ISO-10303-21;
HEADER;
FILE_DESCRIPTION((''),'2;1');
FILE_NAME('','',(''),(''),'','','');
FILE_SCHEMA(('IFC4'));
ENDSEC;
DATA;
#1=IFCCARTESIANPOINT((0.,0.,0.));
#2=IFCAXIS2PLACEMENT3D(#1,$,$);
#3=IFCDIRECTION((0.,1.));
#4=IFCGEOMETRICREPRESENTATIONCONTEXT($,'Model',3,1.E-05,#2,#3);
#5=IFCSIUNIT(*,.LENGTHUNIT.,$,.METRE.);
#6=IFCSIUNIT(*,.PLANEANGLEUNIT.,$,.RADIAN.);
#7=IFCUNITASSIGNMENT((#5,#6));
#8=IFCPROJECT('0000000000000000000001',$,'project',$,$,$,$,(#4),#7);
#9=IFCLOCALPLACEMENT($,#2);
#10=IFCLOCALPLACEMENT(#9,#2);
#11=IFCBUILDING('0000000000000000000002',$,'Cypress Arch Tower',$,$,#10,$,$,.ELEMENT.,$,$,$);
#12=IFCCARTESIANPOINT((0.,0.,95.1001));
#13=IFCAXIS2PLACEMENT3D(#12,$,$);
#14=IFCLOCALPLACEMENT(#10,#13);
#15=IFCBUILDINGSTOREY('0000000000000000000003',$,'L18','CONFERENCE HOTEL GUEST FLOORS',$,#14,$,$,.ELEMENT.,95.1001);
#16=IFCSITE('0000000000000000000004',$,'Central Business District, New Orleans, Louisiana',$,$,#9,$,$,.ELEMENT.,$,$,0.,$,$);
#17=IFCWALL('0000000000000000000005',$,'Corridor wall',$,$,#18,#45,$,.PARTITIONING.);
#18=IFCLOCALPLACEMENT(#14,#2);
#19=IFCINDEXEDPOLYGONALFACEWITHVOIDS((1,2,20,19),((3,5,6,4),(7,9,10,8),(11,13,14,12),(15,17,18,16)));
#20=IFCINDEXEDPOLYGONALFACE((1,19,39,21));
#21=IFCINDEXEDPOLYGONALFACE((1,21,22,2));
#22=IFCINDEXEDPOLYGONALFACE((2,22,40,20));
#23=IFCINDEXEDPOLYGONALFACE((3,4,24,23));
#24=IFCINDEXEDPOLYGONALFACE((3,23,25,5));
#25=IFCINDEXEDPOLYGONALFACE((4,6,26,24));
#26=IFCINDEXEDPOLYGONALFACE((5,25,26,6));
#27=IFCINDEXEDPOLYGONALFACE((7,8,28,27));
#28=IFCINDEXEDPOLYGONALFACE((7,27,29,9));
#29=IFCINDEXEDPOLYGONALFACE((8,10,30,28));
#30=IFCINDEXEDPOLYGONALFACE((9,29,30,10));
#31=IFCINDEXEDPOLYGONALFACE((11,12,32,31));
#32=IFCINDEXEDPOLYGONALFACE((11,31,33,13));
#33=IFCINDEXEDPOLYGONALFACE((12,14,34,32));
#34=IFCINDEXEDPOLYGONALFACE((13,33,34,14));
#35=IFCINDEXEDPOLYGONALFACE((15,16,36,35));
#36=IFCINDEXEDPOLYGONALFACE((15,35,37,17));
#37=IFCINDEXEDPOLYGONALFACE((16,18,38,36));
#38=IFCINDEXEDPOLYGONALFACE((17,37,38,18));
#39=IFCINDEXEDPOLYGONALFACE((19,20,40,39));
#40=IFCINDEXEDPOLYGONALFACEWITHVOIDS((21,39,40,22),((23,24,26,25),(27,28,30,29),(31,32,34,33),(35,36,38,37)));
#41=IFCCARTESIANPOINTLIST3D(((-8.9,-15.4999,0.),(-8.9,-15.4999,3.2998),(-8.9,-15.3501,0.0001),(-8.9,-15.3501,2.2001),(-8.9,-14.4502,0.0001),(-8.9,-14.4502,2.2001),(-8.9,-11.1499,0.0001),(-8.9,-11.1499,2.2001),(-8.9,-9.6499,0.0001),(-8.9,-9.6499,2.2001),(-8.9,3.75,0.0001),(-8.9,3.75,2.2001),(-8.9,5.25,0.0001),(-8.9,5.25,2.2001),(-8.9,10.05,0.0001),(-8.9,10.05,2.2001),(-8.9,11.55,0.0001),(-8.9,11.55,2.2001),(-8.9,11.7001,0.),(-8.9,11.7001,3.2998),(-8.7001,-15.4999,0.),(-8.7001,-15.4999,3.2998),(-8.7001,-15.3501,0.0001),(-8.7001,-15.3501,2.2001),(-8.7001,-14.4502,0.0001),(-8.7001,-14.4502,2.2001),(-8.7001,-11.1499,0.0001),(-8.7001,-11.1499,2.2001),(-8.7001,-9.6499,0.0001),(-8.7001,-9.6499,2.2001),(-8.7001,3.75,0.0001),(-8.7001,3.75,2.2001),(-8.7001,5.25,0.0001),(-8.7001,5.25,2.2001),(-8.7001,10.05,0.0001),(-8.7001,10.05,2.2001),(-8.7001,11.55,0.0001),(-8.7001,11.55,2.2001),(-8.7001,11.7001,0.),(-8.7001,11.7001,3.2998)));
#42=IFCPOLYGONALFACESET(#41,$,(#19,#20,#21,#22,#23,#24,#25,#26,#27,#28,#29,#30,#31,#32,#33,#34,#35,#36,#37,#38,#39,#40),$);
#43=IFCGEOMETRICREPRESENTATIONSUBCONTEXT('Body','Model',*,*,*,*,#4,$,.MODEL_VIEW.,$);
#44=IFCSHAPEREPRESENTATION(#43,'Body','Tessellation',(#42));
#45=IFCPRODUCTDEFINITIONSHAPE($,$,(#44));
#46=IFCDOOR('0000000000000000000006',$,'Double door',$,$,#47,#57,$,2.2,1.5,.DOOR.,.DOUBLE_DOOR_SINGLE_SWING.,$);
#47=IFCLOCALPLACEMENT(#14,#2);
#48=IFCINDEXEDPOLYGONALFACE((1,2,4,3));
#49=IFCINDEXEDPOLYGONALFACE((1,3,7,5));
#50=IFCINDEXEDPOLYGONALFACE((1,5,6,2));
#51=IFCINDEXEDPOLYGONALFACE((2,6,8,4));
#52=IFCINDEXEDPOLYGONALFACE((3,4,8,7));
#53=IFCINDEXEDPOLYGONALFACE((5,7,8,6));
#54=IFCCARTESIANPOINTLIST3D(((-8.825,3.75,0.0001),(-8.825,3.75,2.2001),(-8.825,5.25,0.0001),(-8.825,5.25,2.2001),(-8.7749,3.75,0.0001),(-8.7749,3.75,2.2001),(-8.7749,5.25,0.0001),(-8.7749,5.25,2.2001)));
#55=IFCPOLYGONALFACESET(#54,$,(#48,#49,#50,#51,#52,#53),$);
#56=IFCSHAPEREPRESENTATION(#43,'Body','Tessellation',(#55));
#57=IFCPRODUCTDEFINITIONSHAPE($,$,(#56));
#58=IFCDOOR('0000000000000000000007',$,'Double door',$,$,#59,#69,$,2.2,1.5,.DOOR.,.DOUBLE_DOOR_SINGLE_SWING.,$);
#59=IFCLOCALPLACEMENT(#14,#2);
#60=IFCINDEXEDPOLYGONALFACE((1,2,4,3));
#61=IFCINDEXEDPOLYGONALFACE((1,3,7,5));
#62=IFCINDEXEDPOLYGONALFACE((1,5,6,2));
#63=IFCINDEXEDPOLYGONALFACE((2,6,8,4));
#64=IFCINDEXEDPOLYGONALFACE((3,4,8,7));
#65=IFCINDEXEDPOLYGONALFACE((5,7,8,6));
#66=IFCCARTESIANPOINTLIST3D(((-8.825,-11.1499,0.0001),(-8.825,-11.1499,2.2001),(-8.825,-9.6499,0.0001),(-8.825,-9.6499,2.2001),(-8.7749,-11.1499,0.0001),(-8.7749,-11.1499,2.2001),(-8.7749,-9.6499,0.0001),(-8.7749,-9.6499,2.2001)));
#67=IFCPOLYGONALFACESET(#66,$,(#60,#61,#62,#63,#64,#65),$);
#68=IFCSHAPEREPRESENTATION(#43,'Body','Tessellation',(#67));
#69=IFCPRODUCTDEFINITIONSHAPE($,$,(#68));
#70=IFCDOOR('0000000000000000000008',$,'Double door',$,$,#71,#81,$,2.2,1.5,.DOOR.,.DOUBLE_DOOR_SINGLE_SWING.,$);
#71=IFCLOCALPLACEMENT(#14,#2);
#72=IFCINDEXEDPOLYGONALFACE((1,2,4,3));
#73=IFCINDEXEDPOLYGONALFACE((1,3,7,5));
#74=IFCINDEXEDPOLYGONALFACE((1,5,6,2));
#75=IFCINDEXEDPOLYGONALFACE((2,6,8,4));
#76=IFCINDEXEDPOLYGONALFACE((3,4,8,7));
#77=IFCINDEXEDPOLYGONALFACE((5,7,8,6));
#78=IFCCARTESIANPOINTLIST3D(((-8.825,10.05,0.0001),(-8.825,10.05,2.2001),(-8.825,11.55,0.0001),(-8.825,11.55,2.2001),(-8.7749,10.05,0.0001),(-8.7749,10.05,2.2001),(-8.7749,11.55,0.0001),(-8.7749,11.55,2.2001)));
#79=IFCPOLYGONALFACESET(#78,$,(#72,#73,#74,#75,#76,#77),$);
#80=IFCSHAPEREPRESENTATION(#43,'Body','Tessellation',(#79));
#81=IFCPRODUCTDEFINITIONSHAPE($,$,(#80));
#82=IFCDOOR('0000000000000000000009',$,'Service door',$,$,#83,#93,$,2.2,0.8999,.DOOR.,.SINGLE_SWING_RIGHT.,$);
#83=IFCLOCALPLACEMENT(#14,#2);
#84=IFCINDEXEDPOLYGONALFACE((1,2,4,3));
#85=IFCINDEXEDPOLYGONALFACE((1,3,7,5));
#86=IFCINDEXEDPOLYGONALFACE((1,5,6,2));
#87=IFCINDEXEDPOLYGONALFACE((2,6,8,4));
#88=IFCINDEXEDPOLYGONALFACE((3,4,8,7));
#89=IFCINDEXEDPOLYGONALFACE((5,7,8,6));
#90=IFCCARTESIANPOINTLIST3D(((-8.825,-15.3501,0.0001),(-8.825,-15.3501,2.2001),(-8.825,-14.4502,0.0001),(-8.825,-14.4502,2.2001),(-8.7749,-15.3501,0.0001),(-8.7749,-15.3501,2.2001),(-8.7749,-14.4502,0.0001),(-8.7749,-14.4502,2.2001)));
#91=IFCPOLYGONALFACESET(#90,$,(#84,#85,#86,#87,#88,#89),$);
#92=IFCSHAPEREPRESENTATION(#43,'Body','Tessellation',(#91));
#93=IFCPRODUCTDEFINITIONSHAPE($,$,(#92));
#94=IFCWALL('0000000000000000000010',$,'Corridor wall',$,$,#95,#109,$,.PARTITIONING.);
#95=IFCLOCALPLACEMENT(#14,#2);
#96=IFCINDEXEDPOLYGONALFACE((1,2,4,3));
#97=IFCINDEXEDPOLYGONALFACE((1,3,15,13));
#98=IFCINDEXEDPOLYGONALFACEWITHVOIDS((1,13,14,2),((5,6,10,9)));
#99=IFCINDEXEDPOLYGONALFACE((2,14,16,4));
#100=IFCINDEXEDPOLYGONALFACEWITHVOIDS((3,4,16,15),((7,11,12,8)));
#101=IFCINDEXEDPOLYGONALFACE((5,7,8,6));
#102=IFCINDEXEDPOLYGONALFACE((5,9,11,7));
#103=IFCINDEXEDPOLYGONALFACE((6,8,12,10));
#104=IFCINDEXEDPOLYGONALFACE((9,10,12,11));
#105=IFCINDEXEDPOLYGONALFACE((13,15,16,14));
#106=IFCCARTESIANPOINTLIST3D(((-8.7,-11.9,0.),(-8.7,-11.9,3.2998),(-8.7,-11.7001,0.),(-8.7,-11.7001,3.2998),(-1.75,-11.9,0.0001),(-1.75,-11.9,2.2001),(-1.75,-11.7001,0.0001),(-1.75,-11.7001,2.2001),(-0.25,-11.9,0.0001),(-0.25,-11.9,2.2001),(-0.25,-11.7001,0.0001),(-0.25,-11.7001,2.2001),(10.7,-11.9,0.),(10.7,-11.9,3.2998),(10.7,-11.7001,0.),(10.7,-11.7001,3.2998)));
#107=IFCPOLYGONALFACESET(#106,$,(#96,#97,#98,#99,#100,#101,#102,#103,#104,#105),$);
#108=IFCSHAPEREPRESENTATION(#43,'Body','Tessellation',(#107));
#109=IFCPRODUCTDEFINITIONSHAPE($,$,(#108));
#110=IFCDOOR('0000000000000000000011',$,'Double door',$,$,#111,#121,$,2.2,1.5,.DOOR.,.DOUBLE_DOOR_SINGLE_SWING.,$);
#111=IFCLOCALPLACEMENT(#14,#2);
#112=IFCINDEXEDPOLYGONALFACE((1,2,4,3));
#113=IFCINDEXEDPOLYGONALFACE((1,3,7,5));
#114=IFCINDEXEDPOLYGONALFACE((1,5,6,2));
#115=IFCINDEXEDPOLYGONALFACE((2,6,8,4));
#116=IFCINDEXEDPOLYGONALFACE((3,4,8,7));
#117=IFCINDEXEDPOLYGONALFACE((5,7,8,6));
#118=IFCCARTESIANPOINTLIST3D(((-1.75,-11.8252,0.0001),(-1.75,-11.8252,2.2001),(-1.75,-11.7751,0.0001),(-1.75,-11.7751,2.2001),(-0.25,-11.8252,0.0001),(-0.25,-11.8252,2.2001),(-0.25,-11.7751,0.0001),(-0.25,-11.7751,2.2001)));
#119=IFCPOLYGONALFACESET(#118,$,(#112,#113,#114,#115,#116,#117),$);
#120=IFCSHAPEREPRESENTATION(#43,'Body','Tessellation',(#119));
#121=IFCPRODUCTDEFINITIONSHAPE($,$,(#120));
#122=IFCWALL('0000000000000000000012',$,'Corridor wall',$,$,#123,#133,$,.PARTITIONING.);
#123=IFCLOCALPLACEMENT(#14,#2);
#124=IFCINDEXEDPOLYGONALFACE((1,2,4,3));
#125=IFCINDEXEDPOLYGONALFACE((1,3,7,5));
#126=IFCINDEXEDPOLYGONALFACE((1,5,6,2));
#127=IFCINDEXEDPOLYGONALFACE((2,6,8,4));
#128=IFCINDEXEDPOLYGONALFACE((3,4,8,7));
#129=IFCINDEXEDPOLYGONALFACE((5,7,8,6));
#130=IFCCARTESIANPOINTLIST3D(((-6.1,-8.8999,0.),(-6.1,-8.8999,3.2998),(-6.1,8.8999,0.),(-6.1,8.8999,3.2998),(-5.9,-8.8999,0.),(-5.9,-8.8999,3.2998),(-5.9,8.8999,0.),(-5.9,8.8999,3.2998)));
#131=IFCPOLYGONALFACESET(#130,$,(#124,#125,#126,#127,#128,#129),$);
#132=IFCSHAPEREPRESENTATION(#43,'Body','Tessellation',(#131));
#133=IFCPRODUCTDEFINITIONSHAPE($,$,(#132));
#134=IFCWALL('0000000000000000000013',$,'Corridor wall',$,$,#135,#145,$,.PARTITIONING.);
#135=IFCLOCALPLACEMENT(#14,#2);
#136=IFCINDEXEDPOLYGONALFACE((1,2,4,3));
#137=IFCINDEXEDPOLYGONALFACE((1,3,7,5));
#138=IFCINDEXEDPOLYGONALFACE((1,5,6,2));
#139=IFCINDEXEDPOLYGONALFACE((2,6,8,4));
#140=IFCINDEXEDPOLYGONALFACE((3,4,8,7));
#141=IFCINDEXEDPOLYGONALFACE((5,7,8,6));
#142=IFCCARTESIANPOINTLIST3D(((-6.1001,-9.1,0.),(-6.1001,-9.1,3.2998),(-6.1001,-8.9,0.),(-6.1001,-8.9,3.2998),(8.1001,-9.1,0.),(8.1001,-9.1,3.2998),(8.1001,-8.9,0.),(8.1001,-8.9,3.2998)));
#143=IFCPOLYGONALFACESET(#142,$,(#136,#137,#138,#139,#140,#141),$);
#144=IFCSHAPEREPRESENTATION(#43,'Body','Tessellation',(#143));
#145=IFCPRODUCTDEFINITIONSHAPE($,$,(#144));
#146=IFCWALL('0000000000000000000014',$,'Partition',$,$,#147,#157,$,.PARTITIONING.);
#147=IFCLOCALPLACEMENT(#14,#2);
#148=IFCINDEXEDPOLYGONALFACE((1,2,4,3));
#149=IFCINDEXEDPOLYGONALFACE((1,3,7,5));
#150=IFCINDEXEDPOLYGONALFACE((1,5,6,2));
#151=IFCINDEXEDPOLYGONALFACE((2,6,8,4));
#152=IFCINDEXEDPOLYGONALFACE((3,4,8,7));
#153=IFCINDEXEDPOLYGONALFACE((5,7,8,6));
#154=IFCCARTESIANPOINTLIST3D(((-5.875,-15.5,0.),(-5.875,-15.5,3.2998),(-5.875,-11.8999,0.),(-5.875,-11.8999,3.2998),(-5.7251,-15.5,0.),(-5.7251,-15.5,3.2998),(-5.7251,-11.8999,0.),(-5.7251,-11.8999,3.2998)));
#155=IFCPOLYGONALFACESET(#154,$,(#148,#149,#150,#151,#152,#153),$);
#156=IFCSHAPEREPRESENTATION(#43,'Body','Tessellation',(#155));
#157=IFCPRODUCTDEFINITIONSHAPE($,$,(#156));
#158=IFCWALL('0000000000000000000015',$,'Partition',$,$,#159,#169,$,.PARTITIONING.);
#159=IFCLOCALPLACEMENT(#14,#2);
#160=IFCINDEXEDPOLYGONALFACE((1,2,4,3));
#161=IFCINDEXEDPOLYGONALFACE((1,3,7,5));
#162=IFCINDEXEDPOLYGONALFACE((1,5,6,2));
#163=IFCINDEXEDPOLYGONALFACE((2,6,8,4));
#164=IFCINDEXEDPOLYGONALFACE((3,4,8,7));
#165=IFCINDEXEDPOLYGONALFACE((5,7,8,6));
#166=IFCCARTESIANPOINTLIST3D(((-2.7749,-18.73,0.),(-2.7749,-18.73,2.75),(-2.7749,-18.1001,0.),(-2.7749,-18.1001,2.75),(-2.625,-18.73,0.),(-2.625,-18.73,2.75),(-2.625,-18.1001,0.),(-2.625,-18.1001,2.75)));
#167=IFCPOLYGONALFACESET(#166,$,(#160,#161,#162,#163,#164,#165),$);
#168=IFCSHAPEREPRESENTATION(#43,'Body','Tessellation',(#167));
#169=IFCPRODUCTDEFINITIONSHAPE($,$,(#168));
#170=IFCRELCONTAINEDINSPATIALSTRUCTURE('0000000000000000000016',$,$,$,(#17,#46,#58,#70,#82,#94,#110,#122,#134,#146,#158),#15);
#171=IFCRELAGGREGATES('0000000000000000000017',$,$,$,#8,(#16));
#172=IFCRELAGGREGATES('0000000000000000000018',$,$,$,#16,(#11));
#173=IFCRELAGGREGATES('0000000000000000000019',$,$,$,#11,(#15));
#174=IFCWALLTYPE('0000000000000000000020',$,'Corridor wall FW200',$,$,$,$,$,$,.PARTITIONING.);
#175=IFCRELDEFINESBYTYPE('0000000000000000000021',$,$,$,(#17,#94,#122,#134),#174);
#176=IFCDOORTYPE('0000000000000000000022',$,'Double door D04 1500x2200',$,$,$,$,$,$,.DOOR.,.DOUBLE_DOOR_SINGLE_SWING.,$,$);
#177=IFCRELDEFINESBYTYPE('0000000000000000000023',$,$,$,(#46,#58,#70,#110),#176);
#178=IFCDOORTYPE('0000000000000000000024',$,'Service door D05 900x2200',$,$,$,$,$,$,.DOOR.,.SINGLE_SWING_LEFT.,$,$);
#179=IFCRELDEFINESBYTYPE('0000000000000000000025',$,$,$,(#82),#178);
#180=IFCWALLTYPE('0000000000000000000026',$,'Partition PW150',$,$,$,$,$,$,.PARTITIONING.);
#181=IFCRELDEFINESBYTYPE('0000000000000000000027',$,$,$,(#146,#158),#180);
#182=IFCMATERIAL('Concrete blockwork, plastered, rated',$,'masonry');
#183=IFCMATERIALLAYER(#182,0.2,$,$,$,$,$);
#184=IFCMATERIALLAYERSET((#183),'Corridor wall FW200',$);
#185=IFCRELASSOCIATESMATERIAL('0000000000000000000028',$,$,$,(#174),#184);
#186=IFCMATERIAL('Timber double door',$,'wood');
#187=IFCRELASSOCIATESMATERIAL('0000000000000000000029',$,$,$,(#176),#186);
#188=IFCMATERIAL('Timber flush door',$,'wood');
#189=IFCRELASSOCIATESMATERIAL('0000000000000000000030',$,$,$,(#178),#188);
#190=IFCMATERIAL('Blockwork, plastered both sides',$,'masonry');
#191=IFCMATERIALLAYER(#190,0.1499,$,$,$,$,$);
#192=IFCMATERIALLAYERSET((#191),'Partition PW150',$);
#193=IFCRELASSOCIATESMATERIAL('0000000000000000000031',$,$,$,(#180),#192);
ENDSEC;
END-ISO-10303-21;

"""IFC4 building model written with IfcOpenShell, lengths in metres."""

from ifc_helpers import new_model, si_unit, direction, frame, frame_2d, origin, place, context, subcontext, project, spatial, rectangle, extrude, material, layer, layer_set, type_object, element, fill, save


model = new_model("IFC4")

# Units and contexts
model_context = context("Model", 3, precision=1e-05, world=origin(), true_north=direction((0.0, 1.0)))
body_context = subcontext(model_context, "Body", "Model", "MODEL_VIEW")
ifc_project = project(units=[si_unit("LENGTHUNIT", "METRE"), si_unit("PLANEANGLEUNIT", "RADIAN")], contexts=[model_context])

# Site, building, storey
site_placement = place(None, origin())
site = spatial("IfcSite", under=ifc_project, at=site_placement, Name="Central Business District, New Orleans, Louisiana", CompositionType="ELEMENT", RefElevation=0.0)
building_placement = place(site_placement, origin())
building = spatial("IfcBuilding", under=site, at=building_placement, Name="Cypress Arch Tower", CompositionType="ELEMENT")
storey_placement = place(building_placement, frame((0.0, 0.0, 95.1001)))
storey = spatial("IfcBuildingStorey", under=building, at=storey_placement, Name="L18", Description="CONFERENCE HOTEL GUEST FLOORS", CompositionType="ELEMENT", Elevation=95.1001)

# Wall, openings, doors
ifc_material_1 = material(Name="Concrete blockwork, plastered, rated", Category="masonry")
ifc_layer_1 = layer(ifc_material_1, 0.2)
ifc_layer_set_1 = layer_set([ifc_layer_1], Name="Corridor wall FW200")
wall_type_1 = type_object("IfcWallType", Name="Corridor wall FW200", PredefinedType="PARTITIONING", material=ifc_layer_set_1)
wall_1_placement = place(storey_placement, frame((-8.8, -15.5, 0.0), z_axis=(0.0, 0.0, 1.0), x_axis=(0.0, 1.0, 0.0)))
wall_1 = element("IfcWall", 1, at=wall_1_placement, inside=storey, type_object=wall_type_1, Name="Corridor wall", PredefinedType="PARTITIONING", context=body_context, shape_type="SweptSolid", body=[
    extrude(rectangle(XDim=27.2, YDim=0.2, at=frame_2d((13.6001, 0.0))), origin(), (0.0, 0.0, 1.0), 3.2998),
])
opening_1_placement = place(wall_1_placement, frame((19.25, 0.0, 0.0)))
opening_1 = element("IfcOpeningElement", 2, at=opening_1_placement, cuts=wall_1, PredefinedType="OPENING", context=body_context, shape_type="SweptSolid", body=[
    extrude(rectangle(XDim=1.5, YDim=2.2, at=frame_2d((0.75, 1.1001))), frame((0.0, 0.1099, 0.0), z_axis=(0.0, -1.0, 0.0), x_axis=(1.0, 0.0, 0.0)), (0.0, 0.0, 1.0), 0.22),
])
opening_2_placement = place(wall_1_placement, frame((4.3501, 0.0, 0.0)))
opening_2 = element("IfcOpeningElement", 3, at=opening_2_placement, cuts=wall_1, PredefinedType="OPENING", context=body_context, shape_type="SweptSolid", body=[
    extrude(rectangle(XDim=1.5, YDim=2.2, at=frame_2d((0.75, 1.1001))), frame((0.0, 0.1099, 0.0), z_axis=(0.0, -1.0, 0.0), x_axis=(1.0, 0.0, 0.0)), (0.0, 0.0, 1.0), 0.22),
])
opening_3_placement = place(wall_1_placement, frame((25.55, 0.0, 0.0)))
opening_3 = element("IfcOpeningElement", 4, at=opening_3_placement, cuts=wall_1, PredefinedType="OPENING", context=body_context, shape_type="SweptSolid", body=[
    extrude(rectangle(XDim=1.5, YDim=2.2, at=frame_2d((0.75, 1.1001))), frame((0.0, 0.1099, 0.0), z_axis=(0.0, -1.0, 0.0), x_axis=(1.0, 0.0, 0.0)), (0.0, 0.0, 1.0), 0.22),
])
opening_4_placement = place(wall_1_placement, frame((0.1499, 0.0, 0.0)))
opening_4 = element("IfcOpeningElement", 5, at=opening_4_placement, cuts=wall_1, PredefinedType="OPENING", context=body_context, shape_type="SweptSolid", body=[
    extrude(rectangle(XDim=0.8999, YDim=2.2, at=frame_2d((0.45, 1.1001))), frame((0.0, 0.1099, 0.0), z_axis=(0.0, -1.0, 0.0), x_axis=(1.0, 0.0, 0.0)), (0.0, 0.0, 1.0), 0.22),
])
ifc_material_2 = material(Name="Timber double door", Category="wood")
door_type_1 = type_object("IfcDoorType", Name="Double door D04 1500x2200", OperationType="DOUBLE_DOOR_SINGLE_SWING", PredefinedType="DOOR", material=ifc_material_2)
door_1_placement = place(opening_1_placement, origin())
door_1 = element("IfcDoor", 6, at=door_1_placement, inside=storey, type_object=door_type_1, Name="Double door", OperationType="DOUBLE_DOOR_SINGLE_SWING", OverallHeight=2.2, OverallWidth=1.5, PredefinedType="DOOR", context=body_context, shape_type="SweptSolid", body=[
    extrude(rectangle(XDim=1.5, YDim=2.2, at=frame_2d((0.75, 1.1001))), frame((0.0, 0.0249, 0.0), z_axis=(0.0, -1.0, 0.0), x_axis=(1.0, 0.0, 0.0)), (0.0, 0.0, 1.0), 0.05),
])
fill(opening_1, door_1)
door_2_placement = place(opening_2_placement, origin())
door_2 = element("IfcDoor", 7, at=door_2_placement, inside=storey, type_object=door_type_1, Name="Double door", OperationType="DOUBLE_DOOR_SINGLE_SWING", OverallHeight=2.2, OverallWidth=1.5, PredefinedType="DOOR", context=body_context, shape_type="SweptSolid", body=[
    extrude(rectangle(XDim=1.5, YDim=2.2, at=frame_2d((0.75, 1.1001))), frame((0.0, 0.0249, 0.0), z_axis=(0.0, -1.0, 0.0), x_axis=(1.0, 0.0, 0.0)), (0.0, 0.0, 1.0), 0.05),
])
fill(opening_2, door_2)
door_3_placement = place(opening_3_placement, origin())
door_3 = element("IfcDoor", 8, at=door_3_placement, inside=storey, type_object=door_type_1, Name="Double door", OperationType="DOUBLE_DOOR_SINGLE_SWING", OverallHeight=2.2, OverallWidth=1.5, PredefinedType="DOOR", context=body_context, shape_type="SweptSolid", body=[
    extrude(rectangle(XDim=1.5, YDim=2.2, at=frame_2d((0.75, 1.1001))), frame((0.0, 0.0249, 0.0), z_axis=(0.0, -1.0, 0.0), x_axis=(1.0, 0.0, 0.0)), (0.0, 0.0, 1.0), 0.05),
])
fill(opening_3, door_3)
ifc_material_3 = material(Name="Timber flush door", Category="wood")
door_type_2 = type_object("IfcDoorType", Name="Service door D05 900x2200", OperationType="SINGLE_SWING_LEFT", PredefinedType="DOOR", material=ifc_material_3)
door_4_placement = place(opening_4_placement, origin())
door_4 = element("IfcDoor", 9, at=door_4_placement, inside=storey, type_object=door_type_2, Name="Service door", OperationType="SINGLE_SWING_RIGHT", OverallHeight=2.2, OverallWidth=0.8999, PredefinedType="DOOR", context=body_context, shape_type="SweptSolid", body=[
    extrude(rectangle(XDim=0.8999, YDim=2.2, at=frame_2d((0.45, 1.1001))), frame((0.0, 0.0249, 0.0), z_axis=(0.0, -1.0, 0.0), x_axis=(1.0, 0.0, 0.0)), (0.0, 0.0, 1.0), 0.05),
])
fill(opening_4, door_4)

# Wall, opening, door
wall_2_placement = place(storey_placement, frame((-8.7, -11.8, 0.0), z_axis=(0.0, 0.0, 1.0), x_axis=(1.0, 0.0, 0.0)))
wall_2 = element("IfcWall", 10, at=wall_2_placement, inside=storey, type_object=wall_type_1, Name="Corridor wall", PredefinedType="PARTITIONING", context=body_context, shape_type="SweptSolid", body=[
    extrude(rectangle(XDim=19.3999, YDim=0.2, at=frame_2d((9.7, 0.0))), origin(), (0.0, 0.0, 1.0), 3.2998),
])
opening_5_placement = place(wall_2_placement, frame((6.95, 0.0, 0.0)))
opening_5 = element("IfcOpeningElement", 11, at=opening_5_placement, cuts=wall_2, PredefinedType="OPENING", context=body_context, shape_type="SweptSolid", body=[
    extrude(rectangle(XDim=1.5, YDim=2.2, at=frame_2d((0.75, 1.1001))), frame((0.0, 0.1099, 0.0), z_axis=(0.0, -1.0, 0.0), x_axis=(1.0, 0.0, 0.0)), (0.0, 0.0, 1.0), 0.22),
])
door_5_placement = place(opening_5_placement, origin())
door_5 = element("IfcDoor", 12, at=door_5_placement, inside=storey, type_object=door_type_1, Name="Double door", OperationType="DOUBLE_DOOR_SINGLE_SWING", OverallHeight=2.2, OverallWidth=1.5, PredefinedType="DOOR", context=body_context, shape_type="SweptSolid", body=[
    extrude(rectangle(XDim=1.5, YDim=2.2, at=frame_2d((0.75, 1.1001))), frame((0.0, 0.0249, 0.0), z_axis=(0.0, -1.0, 0.0), x_axis=(1.0, 0.0, 0.0)), (0.0, 0.0, 1.0), 0.05),
])
fill(opening_5, door_5)

# Walls
wall_3_placement = place(storey_placement, frame((-6.0, -8.8999, 0.0), z_axis=(0.0, 0.0, 1.0), x_axis=(0.0, 1.0, 0.0)))
element("IfcWall", 13, at=wall_3_placement, inside=storey, type_object=wall_type_1, Name="Corridor wall", PredefinedType="PARTITIONING", context=body_context, shape_type="SweptSolid", body=[
    extrude(rectangle(XDim=17.7998, YDim=0.2, at=frame_2d((8.8999, 0.0))), origin(), (0.0, 0.0, 1.0), 3.2998),
])
wall_4_placement = place(storey_placement, frame((-6.1001, -9.0, 0.0), z_axis=(0.0, 0.0, 1.0), x_axis=(1.0, 0.0, 0.0)))
element("IfcWall", 14, at=wall_4_placement, inside=storey, type_object=wall_type_1, Name="Corridor wall", PredefinedType="PARTITIONING", context=body_context, shape_type="SweptSolid", body=[
    extrude(rectangle(XDim=14.2002, YDim=0.2, at=frame_2d((7.1001, 0.0))), origin(), (0.0, 0.0, 1.0), 3.2998),
])
ifc_material_4 = material(Name="Blockwork, plastered both sides", Category="masonry")
ifc_layer_2 = layer(ifc_material_4, 0.1499)
ifc_layer_set_2 = layer_set([ifc_layer_2], Name="Partition PW150")
wall_type_2 = type_object("IfcWallType", Name="Partition PW150", PredefinedType="PARTITIONING", material=ifc_layer_set_2)
wall_5_placement = place(storey_placement, frame((-5.8, -15.5, 0.0), z_axis=(0.0, 0.0, 1.0), x_axis=(0.0, 1.0, 0.0)))
element("IfcWall", 15, at=wall_5_placement, inside=storey, type_object=wall_type_2, Name="Partition", PredefinedType="PARTITIONING", context=body_context, shape_type="SweptSolid", body=[
    extrude(rectangle(XDim=3.6001, YDim=0.1499, at=frame_2d((1.8, 0.0))), origin(), (0.0, 0.0, 1.0), 3.2998),
])
wall_6_placement = place(storey_placement, frame((-2.7, -18.73, 0.0), z_axis=(0.0, 0.0, 1.0), x_axis=(0.0, 1.0, 0.0)))
element("IfcWall", 16, at=wall_6_placement, inside=storey, type_object=wall_type_2, Name="Partition", PredefinedType="PARTITIONING", context=body_context, shape_type="SweptSolid", body=[
    extrude(rectangle(XDim=0.6299, YDim=0.1499, at=frame_2d((0.3149, 0.0))), origin(), (0.0, 0.0, 1.0), 2.75),
])

save(model, "model.ifc")
